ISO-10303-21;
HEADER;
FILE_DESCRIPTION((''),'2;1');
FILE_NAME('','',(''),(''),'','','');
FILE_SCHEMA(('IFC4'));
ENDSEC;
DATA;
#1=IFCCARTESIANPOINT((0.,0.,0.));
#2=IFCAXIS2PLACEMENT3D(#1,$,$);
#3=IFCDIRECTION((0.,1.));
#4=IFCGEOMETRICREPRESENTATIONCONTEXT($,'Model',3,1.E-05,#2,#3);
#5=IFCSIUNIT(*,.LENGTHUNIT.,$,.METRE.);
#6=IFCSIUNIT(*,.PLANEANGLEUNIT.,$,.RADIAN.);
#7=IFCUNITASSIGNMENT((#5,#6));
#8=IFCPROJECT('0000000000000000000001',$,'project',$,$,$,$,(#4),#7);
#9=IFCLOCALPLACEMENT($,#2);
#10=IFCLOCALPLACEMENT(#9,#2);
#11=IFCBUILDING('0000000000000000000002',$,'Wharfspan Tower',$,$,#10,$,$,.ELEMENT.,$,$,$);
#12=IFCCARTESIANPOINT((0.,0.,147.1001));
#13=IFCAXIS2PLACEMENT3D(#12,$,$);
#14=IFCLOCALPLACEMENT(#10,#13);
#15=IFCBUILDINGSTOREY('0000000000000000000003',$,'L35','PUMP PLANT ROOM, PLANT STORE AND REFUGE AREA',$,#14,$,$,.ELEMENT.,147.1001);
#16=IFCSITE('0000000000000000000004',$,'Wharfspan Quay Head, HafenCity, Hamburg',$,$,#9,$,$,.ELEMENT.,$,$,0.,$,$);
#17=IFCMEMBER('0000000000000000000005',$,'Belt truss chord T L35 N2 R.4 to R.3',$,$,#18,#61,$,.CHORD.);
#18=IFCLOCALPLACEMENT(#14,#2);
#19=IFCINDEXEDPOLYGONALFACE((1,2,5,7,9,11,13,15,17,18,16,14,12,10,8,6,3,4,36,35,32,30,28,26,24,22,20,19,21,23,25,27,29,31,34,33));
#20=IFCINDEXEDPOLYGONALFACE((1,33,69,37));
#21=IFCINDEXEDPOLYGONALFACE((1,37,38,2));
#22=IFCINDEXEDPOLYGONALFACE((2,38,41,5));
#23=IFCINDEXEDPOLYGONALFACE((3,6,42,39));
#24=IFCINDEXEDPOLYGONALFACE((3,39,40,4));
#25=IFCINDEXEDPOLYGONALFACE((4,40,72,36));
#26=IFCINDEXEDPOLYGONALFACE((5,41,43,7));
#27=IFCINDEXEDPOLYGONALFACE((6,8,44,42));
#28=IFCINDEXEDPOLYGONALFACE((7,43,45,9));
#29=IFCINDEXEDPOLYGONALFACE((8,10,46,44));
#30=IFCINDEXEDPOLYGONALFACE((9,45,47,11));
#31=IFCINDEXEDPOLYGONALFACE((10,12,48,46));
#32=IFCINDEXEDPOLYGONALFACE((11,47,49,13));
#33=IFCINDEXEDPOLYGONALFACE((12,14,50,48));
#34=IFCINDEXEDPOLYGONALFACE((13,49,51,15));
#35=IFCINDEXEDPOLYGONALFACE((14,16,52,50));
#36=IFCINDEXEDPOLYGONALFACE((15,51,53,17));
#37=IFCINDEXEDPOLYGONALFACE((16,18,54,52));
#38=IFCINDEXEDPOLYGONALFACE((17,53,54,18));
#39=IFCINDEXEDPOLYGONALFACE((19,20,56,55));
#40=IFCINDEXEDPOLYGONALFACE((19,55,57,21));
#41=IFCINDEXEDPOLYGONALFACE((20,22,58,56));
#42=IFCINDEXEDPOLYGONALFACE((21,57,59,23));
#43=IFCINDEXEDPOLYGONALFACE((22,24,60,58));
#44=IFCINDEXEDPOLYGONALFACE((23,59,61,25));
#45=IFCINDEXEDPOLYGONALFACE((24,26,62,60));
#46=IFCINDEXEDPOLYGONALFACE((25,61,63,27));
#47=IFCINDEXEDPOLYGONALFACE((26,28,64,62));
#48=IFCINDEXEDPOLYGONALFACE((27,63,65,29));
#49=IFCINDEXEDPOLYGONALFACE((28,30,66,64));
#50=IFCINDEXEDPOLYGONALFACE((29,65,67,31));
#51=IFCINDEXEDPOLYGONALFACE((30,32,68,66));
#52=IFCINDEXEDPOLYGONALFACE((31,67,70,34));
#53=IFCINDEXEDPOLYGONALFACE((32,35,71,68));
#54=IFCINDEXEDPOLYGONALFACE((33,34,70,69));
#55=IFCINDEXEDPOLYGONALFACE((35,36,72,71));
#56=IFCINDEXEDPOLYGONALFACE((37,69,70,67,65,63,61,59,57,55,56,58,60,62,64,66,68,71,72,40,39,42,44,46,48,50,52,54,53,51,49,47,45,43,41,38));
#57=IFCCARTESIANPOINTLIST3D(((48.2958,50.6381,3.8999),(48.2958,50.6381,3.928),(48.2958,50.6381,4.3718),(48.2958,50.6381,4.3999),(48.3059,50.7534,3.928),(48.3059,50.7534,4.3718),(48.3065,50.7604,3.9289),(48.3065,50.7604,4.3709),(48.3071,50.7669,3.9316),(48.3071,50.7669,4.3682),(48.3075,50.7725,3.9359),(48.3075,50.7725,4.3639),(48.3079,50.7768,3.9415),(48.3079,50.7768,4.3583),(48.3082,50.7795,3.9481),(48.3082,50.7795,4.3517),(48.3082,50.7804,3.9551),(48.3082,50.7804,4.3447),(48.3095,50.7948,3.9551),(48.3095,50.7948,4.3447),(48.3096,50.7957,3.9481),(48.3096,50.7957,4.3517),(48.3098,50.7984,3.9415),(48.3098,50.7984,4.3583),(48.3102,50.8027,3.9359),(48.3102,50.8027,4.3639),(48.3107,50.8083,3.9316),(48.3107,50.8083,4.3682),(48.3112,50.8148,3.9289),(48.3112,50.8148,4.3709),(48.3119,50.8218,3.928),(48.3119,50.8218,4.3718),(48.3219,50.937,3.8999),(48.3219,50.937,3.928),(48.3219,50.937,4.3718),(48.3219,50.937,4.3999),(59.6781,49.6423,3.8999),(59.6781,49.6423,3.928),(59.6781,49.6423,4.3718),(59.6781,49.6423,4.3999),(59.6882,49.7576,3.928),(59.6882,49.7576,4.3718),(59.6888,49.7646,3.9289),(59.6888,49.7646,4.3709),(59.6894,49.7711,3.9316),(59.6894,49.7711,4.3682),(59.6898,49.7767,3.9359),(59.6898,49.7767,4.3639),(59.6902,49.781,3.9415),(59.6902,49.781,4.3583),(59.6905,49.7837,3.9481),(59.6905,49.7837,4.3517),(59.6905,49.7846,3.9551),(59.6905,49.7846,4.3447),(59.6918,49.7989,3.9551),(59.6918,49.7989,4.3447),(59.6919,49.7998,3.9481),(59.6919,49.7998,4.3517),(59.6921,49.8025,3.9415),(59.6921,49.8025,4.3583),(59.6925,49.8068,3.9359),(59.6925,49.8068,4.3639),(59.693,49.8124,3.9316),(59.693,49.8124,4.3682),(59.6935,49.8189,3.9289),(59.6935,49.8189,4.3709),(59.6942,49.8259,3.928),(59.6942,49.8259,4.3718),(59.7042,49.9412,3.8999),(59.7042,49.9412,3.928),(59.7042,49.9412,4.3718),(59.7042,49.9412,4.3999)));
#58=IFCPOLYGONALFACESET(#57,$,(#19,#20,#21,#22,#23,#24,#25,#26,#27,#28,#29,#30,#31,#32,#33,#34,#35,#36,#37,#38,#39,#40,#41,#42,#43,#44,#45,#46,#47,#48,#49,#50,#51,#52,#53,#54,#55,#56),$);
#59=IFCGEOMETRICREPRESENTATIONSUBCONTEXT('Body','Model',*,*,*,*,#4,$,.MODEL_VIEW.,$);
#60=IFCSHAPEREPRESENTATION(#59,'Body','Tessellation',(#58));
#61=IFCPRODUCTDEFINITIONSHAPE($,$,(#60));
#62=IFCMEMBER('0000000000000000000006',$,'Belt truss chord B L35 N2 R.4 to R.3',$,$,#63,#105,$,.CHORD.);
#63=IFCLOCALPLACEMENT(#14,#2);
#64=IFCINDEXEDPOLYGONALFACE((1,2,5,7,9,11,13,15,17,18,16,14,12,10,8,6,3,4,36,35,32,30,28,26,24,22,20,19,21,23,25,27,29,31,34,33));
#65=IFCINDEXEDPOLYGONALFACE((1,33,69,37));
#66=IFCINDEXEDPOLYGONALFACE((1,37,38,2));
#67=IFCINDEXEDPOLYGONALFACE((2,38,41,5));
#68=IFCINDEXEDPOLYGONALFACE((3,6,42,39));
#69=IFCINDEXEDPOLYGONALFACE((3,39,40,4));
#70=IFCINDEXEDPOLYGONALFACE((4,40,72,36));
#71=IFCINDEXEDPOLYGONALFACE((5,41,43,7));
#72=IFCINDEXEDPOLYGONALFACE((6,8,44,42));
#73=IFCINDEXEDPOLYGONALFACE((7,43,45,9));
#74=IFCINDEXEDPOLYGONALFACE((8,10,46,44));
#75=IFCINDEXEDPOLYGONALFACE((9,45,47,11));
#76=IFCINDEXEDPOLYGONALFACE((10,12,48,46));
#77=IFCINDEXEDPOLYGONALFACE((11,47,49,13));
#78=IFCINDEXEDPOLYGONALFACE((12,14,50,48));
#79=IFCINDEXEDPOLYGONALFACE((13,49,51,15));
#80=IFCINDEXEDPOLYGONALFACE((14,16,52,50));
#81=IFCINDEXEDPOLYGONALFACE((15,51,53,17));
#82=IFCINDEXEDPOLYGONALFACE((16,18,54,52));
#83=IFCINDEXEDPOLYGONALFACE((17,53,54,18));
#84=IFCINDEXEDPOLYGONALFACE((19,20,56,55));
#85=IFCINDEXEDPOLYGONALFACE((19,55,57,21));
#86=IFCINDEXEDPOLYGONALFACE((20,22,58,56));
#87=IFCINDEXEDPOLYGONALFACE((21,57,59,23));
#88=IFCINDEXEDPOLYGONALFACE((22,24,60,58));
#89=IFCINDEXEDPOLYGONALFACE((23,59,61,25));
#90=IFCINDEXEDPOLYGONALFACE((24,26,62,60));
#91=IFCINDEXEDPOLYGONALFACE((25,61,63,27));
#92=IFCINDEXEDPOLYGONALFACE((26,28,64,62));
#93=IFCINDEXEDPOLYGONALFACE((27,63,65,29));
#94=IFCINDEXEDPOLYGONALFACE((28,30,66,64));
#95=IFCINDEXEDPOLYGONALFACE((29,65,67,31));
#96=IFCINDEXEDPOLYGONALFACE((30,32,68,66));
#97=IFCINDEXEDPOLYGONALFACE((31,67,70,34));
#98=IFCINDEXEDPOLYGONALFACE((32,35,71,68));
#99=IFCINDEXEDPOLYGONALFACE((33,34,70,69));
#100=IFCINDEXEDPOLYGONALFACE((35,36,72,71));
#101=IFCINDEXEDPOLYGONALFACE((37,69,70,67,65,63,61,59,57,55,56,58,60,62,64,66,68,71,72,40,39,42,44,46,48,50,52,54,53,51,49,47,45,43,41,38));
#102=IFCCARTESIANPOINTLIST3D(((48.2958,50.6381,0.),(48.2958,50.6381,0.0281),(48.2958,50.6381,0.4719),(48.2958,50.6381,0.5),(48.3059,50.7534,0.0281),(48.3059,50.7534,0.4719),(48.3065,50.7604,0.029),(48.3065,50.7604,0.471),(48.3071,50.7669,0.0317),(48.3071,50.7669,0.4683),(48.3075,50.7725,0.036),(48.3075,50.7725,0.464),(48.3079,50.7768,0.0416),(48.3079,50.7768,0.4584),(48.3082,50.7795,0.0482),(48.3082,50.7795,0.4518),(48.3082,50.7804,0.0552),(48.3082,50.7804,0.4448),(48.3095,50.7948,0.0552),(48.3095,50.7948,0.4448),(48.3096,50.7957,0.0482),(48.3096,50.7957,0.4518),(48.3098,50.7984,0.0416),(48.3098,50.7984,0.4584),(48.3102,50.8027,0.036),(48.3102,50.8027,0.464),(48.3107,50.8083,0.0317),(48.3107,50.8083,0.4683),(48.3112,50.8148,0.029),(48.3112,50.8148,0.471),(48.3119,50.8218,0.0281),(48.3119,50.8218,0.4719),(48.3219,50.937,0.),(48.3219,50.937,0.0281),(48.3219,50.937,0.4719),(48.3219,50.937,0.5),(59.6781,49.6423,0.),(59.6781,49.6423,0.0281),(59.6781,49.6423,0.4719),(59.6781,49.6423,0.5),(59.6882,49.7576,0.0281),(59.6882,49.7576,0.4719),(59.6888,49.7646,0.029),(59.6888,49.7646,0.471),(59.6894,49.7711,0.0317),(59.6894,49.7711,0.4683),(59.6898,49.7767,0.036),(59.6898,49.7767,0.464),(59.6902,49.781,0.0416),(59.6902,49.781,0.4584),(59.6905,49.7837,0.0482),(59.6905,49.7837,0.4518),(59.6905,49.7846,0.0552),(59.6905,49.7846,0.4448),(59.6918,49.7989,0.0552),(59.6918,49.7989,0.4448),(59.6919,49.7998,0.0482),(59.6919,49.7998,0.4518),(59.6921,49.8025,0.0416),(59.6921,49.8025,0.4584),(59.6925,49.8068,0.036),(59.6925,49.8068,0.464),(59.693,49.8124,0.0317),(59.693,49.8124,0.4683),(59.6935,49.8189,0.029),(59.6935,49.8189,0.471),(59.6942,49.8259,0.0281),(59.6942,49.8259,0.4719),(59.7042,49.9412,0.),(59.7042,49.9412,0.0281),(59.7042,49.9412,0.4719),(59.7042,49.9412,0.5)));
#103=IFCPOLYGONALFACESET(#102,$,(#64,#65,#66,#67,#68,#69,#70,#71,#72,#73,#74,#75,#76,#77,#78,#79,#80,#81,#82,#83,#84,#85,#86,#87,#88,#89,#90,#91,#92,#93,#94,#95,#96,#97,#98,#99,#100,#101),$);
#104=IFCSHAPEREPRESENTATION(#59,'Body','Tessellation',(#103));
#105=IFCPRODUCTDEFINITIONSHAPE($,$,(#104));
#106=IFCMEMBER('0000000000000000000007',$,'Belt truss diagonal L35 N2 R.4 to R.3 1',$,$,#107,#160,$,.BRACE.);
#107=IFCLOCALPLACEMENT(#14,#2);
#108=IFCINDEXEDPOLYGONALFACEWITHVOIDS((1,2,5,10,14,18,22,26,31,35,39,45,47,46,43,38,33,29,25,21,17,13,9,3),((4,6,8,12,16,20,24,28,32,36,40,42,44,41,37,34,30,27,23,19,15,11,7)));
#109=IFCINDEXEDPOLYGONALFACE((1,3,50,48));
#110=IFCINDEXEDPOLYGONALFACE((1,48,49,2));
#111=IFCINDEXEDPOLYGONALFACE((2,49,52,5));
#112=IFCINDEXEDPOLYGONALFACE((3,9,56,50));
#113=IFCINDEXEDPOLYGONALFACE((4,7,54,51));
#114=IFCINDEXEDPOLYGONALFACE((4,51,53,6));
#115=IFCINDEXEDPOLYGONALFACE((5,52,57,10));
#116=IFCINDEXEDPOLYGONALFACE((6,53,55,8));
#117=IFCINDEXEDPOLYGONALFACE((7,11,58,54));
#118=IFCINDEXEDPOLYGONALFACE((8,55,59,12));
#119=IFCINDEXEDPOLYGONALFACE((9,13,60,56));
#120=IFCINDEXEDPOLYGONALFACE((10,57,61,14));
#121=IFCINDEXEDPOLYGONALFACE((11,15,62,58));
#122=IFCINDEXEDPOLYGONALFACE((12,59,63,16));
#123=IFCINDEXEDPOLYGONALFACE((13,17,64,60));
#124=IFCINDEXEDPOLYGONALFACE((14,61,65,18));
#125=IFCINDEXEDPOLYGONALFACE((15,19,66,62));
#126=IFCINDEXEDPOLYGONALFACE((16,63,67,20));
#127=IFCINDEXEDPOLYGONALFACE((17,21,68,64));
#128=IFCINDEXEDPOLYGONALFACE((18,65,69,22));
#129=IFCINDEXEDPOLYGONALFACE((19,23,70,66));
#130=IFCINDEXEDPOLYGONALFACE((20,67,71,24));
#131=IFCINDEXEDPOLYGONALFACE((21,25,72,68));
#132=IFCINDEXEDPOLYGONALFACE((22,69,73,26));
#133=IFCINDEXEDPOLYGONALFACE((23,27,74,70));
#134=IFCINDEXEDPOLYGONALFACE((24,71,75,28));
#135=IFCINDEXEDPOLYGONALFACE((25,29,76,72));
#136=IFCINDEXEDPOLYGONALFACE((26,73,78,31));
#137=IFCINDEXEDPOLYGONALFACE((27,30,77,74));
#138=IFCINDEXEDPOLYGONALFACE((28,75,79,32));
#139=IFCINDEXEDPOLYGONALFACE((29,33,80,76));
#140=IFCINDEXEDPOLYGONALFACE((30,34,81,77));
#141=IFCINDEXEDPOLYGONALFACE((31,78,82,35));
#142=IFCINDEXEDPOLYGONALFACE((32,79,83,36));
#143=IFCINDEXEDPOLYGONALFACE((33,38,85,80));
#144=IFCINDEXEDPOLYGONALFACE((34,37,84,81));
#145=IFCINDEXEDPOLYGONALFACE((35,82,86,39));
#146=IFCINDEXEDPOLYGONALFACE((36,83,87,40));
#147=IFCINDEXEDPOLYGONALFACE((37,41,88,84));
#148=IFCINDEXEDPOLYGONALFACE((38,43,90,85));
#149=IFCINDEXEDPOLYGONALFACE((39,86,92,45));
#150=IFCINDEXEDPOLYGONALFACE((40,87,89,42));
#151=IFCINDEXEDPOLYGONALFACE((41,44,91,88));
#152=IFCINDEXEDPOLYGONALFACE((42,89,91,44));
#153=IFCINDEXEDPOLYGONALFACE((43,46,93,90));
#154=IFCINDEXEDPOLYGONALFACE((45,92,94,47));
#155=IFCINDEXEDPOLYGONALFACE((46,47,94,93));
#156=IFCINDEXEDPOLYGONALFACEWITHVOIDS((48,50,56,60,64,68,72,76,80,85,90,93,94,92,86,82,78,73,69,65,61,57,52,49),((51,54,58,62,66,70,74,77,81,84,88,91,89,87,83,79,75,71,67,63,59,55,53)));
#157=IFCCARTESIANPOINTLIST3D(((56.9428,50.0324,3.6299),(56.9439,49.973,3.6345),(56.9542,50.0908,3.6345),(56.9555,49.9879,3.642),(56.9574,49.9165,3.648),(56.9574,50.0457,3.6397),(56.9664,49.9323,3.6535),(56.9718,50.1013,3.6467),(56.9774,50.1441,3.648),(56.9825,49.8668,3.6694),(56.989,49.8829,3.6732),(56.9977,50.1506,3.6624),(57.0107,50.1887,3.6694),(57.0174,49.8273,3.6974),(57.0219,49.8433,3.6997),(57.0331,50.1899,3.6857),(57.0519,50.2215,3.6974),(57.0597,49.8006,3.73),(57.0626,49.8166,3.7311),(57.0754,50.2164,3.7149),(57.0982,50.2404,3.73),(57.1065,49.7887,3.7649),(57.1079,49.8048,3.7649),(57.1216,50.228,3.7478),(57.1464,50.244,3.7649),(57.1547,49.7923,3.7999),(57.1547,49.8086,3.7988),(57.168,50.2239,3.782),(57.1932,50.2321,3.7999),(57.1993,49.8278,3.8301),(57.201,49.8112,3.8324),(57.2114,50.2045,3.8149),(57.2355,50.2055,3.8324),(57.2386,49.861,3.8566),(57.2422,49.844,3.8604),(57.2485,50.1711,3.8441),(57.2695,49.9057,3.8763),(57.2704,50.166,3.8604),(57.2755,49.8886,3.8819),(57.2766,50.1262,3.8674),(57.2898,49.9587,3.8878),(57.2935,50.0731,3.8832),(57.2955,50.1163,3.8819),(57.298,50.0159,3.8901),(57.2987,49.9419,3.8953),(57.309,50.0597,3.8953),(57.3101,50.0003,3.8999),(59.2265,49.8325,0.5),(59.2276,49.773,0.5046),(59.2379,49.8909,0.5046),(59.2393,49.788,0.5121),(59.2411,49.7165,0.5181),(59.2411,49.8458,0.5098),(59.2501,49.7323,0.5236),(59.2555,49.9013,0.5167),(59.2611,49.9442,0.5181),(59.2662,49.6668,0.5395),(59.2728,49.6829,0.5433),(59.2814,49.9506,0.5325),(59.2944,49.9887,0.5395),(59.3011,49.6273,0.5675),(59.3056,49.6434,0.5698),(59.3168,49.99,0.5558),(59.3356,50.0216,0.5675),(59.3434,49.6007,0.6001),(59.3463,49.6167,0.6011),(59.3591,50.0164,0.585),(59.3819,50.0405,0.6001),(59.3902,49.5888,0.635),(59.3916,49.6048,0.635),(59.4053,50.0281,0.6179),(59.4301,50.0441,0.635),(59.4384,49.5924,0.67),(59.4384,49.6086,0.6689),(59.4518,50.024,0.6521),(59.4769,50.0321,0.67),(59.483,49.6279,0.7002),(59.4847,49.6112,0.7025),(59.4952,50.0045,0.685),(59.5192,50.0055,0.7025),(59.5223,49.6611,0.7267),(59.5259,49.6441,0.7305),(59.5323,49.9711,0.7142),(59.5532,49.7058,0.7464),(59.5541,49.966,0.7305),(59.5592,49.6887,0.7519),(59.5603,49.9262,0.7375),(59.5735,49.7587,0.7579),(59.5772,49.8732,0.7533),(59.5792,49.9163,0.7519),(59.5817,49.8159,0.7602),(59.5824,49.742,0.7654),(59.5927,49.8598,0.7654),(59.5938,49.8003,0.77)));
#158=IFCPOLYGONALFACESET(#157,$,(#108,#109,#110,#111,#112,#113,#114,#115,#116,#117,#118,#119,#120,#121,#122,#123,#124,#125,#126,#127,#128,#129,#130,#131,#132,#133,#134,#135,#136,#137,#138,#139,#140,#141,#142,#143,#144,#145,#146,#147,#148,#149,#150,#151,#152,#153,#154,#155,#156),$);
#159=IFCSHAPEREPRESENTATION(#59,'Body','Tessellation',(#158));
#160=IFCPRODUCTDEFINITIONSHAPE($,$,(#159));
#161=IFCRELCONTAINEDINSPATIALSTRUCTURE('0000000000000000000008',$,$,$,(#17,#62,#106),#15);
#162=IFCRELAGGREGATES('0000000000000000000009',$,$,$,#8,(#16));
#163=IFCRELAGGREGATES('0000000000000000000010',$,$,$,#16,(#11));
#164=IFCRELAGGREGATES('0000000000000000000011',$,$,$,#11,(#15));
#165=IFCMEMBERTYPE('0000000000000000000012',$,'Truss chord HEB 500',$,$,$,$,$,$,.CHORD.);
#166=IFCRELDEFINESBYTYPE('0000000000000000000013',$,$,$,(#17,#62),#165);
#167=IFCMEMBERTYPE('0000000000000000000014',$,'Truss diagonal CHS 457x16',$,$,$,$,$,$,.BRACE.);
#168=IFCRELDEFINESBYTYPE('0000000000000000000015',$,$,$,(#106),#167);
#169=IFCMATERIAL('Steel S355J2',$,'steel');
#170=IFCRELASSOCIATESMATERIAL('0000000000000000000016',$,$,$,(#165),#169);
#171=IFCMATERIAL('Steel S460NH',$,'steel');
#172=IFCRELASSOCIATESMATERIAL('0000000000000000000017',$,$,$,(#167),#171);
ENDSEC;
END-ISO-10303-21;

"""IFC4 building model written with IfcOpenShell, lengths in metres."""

from ifc_helpers import new_model, si_unit, direction, frame, origin, origin_2d, place, context, subcontext, project, spatial, hollow_circle, i_section, extrude, material, material_profile, profile_set, type_object, element, save


model = new_model("IFC4")

# Units and contexts
model_context = context("Model", 3, precision=1e-05, world=origin(), true_north=direction((0.0, 1.0)))
body_context = subcontext(model_context, "Body", "Model", "MODEL_VIEW")
ifc_project = project(units=[si_unit("LENGTHUNIT", "METRE"), si_unit("PLANEANGLEUNIT", "RADIAN")], contexts=[model_context])

# Site, building, storey
site_placement = place(None, origin())
site = spatial("IfcSite", under=ifc_project, at=site_placement, Name="Wharfspan Quay Head, HafenCity, Hamburg", CompositionType="ELEMENT", RefElevation=0.0)
building_placement = place(site_placement, origin())
building = spatial("IfcBuilding", under=site, at=building_placement, Name="Wharfspan Tower", CompositionType="ELEMENT")
storey_placement = place(building_placement, frame((0.0, 0.0, 147.1001)))
storey = spatial("IfcBuildingStorey", under=building, at=storey_placement, Name="L35", Description="PUMP PLANT ROOM, PLANT STORE AND REFUGE AREA", CompositionType="ELEMENT", Elevation=147.1001)

# Shared definitions
ifc_material_1 = material(Name="Steel S355J2", Category="steel")

# Members
ifc_material_2 = material(Name="Steel S460NH", Category="steel")
ifc_material_profile_1 = material_profile(ifc_material_1, i_section(OverallWidth=0.3, OverallDepth=0.5, WebThickness=0.0144, FlangeThickness=0.0281, FilletRadius=0.0271, at=origin_2d()))
ifc_profile_set_1 = profile_set([ifc_material_profile_1], Name="Steel S355J2")
member_type_1 = type_object("IfcMemberType", Name="Truss chord HEB 500", PredefinedType="CHORD", material=ifc_profile_set_1)
for number, where, z_axis, x_axis, name in (
    (1, (59.6912, 49.7917, 4.1499), (-0.996195, 0.087158, 0.0), (-0.087158, -0.996195, 0.0), "Belt truss chord T L35 N2 R.4 to R.3"),
    (2, (59.6912, 49.7917, 0.25), (-0.996195, 0.087158, 0.0), (-0.087158, -0.996195, 0.0), "Belt truss chord B L35 N2 R.4 to R.3"),
):
    element("IfcMember", number, at=place(storey_placement, frame(where, z_axis=z_axis, x_axis=x_axis)), inside=storey, type_object=member_type_1, Name=name, PredefinedType="CHORD", context=body_context, shape_type="SweptSolid", body=[
        extrude(i_section(OverallWidth=0.3, OverallDepth=0.5, WebThickness=0.0144, FlangeThickness=0.0281, FilletRadius=0.0271, at=origin_2d()), origin(), (0.0, 0.0, 1.0), 11.4258),
    ])
ifc_material_profile_2 = material_profile(ifc_material_2, hollow_circle(Radius=0.2285, WallThickness=0.0161, at=origin_2d()))
ifc_profile_set_2 = profile_set([ifc_material_profile_2], Name="Steel S460NH")
member_type_2 = type_object("IfcMemberType", Name="Truss diagonal CHS 457x16", PredefinedType="BRACE", material=ifc_profile_set_2)
for number, where, z_axis, x_axis, name in (
    (3, (59.4102, 49.8164, 0.635), (-0.588639, 0.051539, 0.806751), (-0.087224, -0.99619, -0.000001), "Belt truss diagonal L35 N2 R.4 to R.3 1"),
):
    element("IfcMember", number, at=place(storey_placement, frame(where, z_axis=z_axis, x_axis=x_axis)), inside=storey, type_object=member_type_2, Name=name, PredefinedType="BRACE", context=body_context, shape_type="SweptSolid", body=[
        extrude(hollow_circle(Radius=0.2285, WallThickness=0.0161, at=origin_2d()), origin(), (0.0, 0.0, 1.0), 3.8796),
    ])

save(model, "model.ifc")
